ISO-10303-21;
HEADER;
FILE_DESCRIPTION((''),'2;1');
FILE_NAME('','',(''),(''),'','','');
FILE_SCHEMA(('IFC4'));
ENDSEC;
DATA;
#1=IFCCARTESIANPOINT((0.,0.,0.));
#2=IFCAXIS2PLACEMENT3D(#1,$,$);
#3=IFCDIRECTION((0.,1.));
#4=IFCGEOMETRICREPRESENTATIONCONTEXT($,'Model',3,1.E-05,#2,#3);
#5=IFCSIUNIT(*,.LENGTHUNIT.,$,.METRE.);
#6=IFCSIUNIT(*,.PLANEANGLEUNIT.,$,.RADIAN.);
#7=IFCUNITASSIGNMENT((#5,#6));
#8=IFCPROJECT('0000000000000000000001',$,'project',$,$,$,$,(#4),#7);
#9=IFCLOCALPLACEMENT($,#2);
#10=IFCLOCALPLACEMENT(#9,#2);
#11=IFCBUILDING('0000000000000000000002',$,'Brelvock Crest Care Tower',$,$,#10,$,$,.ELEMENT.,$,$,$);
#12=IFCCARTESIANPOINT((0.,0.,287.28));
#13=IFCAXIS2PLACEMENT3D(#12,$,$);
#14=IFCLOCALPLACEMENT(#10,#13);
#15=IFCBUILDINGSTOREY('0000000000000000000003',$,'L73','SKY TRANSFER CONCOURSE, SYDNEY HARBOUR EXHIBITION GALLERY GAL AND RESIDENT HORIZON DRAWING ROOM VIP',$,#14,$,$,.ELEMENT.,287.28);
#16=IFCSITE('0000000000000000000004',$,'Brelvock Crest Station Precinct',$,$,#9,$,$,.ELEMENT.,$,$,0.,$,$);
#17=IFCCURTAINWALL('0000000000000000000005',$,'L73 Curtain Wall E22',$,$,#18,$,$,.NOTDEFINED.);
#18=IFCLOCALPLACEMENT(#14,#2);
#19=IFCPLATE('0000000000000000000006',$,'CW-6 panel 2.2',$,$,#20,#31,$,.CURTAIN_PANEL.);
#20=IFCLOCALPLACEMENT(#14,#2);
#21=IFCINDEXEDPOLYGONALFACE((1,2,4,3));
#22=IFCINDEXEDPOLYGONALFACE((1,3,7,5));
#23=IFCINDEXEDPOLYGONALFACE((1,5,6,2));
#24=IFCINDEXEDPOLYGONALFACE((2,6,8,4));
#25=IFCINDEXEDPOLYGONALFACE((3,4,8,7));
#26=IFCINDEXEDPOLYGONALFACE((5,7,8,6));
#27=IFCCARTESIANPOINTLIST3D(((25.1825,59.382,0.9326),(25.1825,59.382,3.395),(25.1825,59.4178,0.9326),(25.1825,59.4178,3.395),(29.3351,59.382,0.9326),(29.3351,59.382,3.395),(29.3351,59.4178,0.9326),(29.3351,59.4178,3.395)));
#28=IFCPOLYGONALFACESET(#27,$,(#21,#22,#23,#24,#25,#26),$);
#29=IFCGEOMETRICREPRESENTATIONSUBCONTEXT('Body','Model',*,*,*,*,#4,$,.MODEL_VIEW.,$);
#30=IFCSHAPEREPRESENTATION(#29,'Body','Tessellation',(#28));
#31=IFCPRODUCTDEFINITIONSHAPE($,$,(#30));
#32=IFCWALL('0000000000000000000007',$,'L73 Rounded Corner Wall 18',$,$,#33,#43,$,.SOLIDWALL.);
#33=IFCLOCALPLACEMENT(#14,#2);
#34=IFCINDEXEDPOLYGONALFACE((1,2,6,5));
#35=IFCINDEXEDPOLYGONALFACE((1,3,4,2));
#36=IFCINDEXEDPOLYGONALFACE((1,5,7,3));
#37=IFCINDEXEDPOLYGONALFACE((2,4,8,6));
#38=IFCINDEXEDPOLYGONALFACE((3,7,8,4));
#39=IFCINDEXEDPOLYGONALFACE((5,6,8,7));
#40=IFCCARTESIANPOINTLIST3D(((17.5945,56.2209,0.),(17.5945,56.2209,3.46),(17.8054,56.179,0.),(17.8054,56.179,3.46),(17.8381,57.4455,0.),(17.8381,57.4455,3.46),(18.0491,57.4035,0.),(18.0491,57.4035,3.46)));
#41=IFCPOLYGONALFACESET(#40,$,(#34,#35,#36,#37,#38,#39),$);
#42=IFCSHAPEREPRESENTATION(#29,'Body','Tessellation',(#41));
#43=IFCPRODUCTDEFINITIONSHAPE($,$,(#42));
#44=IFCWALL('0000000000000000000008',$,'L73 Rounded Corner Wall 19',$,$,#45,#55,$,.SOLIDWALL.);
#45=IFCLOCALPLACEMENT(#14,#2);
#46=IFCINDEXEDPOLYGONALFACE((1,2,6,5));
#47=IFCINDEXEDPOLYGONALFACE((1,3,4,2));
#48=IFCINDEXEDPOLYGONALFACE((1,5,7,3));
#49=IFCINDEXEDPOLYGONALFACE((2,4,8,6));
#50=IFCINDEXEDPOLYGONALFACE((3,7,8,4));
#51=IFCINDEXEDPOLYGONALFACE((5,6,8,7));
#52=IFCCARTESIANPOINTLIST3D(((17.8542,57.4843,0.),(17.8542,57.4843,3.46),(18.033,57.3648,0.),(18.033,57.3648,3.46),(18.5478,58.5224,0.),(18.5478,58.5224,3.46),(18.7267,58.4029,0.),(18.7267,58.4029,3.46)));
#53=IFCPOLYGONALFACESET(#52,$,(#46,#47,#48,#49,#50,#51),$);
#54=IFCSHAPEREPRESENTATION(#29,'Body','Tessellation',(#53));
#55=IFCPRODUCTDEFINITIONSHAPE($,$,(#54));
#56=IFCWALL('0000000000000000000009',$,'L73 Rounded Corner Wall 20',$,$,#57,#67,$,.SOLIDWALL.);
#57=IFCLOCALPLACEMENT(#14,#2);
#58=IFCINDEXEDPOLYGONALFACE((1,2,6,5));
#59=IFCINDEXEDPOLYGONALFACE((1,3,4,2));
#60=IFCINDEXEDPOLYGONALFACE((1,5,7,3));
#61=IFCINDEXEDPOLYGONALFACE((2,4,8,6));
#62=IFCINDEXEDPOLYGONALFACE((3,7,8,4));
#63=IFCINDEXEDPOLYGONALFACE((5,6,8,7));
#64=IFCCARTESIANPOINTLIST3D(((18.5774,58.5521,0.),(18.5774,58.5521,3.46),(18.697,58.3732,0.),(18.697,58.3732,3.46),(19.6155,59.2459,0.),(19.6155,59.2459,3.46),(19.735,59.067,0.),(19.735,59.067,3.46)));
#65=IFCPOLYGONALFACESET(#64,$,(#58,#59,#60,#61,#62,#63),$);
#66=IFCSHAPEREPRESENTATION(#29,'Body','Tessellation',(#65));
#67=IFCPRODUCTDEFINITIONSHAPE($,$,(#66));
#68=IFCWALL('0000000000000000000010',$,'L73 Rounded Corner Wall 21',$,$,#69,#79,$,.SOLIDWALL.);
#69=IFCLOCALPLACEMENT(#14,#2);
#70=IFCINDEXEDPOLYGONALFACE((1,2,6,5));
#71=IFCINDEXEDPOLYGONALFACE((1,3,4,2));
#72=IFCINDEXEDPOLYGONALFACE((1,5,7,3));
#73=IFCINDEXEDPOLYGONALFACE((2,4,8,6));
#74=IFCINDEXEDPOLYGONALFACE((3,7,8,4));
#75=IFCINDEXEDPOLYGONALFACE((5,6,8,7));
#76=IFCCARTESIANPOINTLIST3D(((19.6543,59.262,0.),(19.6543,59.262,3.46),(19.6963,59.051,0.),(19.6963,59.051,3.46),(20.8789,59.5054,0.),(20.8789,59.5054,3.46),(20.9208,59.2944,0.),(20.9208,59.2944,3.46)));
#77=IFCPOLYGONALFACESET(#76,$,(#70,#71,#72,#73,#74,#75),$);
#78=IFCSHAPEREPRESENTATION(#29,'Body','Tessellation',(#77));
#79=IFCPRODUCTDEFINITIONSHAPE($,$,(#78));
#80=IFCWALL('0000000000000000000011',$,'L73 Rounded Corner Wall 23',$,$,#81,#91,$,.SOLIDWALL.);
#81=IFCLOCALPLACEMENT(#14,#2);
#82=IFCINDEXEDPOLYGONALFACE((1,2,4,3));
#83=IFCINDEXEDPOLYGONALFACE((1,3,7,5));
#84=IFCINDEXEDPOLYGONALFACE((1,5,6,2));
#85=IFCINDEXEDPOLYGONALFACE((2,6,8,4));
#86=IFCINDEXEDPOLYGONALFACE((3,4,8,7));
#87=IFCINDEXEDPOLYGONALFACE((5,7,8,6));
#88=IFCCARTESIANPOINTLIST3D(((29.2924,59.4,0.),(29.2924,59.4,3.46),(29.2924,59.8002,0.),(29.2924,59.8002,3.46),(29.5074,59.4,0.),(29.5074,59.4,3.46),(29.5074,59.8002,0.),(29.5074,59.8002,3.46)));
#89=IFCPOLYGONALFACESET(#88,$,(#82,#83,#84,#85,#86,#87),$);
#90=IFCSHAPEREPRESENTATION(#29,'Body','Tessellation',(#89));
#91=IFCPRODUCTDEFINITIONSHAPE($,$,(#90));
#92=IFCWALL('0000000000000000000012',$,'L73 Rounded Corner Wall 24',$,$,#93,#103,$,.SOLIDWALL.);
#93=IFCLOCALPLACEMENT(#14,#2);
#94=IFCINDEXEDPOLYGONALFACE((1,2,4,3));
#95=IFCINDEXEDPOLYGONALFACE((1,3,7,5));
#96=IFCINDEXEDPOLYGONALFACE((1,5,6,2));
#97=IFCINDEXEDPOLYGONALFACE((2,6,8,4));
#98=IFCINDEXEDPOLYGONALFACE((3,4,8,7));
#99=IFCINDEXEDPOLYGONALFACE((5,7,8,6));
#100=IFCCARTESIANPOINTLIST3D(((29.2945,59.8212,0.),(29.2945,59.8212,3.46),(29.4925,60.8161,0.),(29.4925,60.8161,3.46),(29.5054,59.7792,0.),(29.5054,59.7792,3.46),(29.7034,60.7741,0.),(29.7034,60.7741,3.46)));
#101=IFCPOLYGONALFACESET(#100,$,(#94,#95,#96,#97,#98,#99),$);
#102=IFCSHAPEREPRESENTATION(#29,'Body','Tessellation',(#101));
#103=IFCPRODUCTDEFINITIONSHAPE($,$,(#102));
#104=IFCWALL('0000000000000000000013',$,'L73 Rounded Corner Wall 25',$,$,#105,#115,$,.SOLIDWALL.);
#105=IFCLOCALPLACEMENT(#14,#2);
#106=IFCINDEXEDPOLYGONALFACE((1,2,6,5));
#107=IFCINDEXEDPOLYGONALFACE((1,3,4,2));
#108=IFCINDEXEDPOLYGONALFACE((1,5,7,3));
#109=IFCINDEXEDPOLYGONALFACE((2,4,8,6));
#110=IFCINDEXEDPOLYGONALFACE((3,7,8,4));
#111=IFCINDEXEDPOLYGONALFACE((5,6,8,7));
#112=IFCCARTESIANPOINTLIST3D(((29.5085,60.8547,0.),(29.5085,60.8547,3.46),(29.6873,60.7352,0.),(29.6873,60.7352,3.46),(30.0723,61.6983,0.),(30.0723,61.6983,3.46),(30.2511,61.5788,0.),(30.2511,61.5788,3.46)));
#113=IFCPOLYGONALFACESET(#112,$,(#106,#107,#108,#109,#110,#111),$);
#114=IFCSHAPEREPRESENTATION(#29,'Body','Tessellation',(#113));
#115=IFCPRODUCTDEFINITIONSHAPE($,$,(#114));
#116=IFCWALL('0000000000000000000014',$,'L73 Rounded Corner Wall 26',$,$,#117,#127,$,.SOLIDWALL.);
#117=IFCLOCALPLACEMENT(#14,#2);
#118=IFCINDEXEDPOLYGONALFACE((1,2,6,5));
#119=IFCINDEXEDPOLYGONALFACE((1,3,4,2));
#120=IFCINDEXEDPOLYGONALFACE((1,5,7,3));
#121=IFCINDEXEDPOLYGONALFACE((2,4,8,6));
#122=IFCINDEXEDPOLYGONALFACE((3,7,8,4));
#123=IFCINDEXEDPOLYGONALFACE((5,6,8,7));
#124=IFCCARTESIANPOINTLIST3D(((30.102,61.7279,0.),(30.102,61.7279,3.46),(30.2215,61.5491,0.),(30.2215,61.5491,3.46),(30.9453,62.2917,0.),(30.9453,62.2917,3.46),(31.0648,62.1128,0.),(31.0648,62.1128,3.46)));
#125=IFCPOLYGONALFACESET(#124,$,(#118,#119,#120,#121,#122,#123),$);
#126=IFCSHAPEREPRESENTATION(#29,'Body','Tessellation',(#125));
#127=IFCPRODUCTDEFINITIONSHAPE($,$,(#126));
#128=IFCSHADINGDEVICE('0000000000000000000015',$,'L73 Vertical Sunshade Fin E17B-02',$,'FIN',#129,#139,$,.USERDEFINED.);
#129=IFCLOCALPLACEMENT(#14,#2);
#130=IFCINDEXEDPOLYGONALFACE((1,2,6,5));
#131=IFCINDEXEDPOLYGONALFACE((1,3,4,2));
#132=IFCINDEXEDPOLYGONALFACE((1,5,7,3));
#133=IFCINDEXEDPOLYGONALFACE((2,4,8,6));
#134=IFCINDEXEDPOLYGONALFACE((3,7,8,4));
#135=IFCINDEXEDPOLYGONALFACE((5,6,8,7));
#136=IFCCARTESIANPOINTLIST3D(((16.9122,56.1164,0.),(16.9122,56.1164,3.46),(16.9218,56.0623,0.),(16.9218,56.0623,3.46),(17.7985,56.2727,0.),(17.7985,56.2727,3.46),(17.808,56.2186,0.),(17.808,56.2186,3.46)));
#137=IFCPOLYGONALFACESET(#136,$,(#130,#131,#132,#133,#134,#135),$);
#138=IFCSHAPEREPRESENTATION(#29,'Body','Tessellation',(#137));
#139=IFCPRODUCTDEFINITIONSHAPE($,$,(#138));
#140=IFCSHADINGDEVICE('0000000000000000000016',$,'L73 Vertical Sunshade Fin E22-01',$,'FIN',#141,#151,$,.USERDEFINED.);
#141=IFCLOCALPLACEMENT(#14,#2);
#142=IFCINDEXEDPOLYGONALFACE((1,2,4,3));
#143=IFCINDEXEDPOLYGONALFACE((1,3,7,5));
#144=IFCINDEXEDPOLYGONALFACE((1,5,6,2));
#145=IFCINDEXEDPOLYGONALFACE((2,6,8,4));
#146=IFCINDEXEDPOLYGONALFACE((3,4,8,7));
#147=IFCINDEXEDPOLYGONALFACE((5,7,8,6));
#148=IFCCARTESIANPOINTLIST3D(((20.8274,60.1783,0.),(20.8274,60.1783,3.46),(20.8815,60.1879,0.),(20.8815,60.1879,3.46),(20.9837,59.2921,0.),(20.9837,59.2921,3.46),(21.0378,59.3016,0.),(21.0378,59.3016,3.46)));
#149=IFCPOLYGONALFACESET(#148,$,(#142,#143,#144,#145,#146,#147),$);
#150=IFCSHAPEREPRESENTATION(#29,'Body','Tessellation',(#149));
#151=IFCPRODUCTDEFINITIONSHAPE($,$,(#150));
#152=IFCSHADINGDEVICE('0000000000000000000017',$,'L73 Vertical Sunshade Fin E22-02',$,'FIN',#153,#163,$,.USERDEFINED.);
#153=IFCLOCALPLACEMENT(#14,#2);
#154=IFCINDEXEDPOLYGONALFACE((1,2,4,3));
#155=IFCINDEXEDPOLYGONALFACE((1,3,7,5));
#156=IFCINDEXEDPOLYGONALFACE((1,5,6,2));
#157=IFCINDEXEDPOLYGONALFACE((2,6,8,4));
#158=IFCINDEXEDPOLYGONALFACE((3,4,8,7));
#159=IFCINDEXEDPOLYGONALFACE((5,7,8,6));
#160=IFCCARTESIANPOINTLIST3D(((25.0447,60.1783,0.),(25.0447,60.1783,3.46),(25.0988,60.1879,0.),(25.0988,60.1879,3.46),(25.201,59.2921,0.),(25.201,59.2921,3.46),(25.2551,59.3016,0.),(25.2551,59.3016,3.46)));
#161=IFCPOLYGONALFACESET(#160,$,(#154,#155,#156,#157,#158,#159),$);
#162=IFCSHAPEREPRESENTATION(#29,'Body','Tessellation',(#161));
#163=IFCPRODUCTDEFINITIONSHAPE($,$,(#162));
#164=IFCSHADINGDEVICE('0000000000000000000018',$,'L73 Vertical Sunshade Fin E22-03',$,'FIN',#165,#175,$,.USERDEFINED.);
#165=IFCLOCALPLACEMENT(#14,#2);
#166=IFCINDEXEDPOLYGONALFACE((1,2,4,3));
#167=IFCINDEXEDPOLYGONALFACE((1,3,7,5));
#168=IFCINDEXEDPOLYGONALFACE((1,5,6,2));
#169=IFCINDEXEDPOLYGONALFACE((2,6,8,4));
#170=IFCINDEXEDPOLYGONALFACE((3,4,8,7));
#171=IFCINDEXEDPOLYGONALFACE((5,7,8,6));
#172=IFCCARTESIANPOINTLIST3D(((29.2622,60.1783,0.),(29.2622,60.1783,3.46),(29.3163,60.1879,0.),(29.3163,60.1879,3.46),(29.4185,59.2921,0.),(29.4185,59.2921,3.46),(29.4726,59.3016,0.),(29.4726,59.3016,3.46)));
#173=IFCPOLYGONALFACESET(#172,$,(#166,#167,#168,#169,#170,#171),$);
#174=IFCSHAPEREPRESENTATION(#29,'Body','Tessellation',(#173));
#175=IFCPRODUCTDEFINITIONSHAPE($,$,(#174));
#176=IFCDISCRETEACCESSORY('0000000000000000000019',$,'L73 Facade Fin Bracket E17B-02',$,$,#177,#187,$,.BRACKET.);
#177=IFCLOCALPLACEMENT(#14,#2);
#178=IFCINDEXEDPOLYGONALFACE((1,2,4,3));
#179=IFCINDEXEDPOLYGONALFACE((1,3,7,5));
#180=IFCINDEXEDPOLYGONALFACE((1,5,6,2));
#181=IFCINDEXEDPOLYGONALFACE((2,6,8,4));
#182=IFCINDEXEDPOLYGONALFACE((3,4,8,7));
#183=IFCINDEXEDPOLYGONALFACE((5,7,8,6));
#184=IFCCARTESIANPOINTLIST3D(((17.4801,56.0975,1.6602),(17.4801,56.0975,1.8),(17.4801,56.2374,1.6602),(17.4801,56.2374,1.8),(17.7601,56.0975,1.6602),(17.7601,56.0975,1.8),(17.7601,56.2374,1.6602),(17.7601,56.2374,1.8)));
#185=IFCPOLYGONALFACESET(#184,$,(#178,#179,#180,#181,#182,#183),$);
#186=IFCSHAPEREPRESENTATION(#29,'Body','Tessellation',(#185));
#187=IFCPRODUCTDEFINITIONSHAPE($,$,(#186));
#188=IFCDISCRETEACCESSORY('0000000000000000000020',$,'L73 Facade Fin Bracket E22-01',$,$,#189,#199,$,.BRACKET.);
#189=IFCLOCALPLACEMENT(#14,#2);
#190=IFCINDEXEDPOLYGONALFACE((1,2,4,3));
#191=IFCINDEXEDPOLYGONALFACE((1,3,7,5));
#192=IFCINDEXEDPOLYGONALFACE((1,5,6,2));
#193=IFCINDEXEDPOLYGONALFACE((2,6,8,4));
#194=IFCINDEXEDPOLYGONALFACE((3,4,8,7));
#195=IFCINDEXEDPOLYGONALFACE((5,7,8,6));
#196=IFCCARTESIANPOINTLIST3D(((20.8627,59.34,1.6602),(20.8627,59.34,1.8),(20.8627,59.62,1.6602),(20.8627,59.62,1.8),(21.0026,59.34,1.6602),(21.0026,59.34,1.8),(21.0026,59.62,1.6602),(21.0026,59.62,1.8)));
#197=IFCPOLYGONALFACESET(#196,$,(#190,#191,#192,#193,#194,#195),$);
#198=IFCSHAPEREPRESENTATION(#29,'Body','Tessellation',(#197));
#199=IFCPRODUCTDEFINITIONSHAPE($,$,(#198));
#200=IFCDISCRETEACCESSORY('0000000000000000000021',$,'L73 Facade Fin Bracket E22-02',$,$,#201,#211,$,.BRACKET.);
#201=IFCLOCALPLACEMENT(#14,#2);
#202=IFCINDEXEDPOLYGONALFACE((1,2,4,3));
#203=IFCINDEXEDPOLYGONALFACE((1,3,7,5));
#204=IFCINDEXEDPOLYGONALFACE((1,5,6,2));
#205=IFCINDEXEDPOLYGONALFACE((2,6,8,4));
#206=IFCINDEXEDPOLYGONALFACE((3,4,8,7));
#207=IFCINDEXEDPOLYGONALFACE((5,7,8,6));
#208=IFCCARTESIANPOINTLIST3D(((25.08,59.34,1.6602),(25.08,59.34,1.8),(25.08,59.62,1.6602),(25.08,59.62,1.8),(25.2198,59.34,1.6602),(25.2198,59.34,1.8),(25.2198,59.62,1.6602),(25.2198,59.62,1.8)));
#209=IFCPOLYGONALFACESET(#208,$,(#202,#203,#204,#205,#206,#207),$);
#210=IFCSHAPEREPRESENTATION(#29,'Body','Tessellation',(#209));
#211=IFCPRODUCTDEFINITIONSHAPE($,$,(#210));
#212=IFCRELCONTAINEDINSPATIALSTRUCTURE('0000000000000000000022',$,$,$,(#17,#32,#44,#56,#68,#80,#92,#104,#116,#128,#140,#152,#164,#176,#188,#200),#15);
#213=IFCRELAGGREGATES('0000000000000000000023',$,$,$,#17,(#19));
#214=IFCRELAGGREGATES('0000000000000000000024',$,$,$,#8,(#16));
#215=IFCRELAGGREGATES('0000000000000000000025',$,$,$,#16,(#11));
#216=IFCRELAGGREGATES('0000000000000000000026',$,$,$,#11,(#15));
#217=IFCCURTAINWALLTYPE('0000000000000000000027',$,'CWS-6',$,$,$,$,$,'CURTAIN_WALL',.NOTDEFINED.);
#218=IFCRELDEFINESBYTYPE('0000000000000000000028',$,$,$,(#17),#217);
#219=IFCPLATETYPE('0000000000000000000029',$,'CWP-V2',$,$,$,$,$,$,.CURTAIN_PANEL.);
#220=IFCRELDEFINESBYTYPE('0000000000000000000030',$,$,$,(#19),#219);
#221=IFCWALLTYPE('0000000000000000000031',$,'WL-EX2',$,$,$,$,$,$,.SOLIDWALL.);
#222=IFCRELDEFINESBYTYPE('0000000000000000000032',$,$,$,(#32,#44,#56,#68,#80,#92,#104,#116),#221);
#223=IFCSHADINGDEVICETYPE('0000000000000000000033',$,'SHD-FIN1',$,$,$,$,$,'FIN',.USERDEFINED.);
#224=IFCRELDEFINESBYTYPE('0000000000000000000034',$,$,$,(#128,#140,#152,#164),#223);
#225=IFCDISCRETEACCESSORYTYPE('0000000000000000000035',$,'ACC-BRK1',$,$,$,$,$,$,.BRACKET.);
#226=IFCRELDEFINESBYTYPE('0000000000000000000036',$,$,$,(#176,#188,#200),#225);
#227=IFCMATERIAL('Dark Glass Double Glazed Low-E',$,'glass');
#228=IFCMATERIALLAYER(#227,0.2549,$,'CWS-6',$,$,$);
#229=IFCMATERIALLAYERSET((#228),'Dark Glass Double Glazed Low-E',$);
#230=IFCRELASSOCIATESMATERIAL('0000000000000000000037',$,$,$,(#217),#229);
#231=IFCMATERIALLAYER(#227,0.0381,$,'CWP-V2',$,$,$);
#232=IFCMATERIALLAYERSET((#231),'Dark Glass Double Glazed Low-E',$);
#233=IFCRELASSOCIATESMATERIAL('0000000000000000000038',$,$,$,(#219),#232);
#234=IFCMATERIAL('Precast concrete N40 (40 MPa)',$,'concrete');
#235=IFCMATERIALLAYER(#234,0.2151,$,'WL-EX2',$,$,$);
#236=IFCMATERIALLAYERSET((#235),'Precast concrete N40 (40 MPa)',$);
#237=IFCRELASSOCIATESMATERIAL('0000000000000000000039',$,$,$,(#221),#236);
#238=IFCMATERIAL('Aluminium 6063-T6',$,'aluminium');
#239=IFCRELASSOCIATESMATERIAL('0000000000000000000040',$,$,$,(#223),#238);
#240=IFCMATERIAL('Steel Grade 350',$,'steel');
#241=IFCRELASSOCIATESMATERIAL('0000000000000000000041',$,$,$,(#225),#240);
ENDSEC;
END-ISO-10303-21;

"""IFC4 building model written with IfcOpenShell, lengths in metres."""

from ifc_helpers import new_model, si_unit, direction, frame, frame_2d, origin, origin_2d, place, context, subcontext, project, spatial, rectangle, extrude, source, transform, mapped, material, layer, layer_set, material_profile, profile_set, type_object, element, aggregate, save


model = new_model("IFC4")

# Units and contexts
model_context = context("Model", 3, precision=1e-05, world=origin(), true_north=direction((0.0, 1.0)))
body_context = subcontext(model_context, "Body", "Model", "MODEL_VIEW")
ifc_project = project(units=[si_unit("LENGTHUNIT", "METRE"), si_unit("PLANEANGLEUNIT", "RADIAN")], contexts=[model_context])

# Site, building, storey
site_placement = place(None, origin())
site = spatial("IfcSite", under=ifc_project, at=site_placement, Name="Brelvock Crest Station Precinct", CompositionType="ELEMENT", RefElevation=0.0)
building_placement = place(site_placement, origin())
building = spatial("IfcBuilding", under=site, at=building_placement, Name="Brelvock Crest Care Tower", CompositionType="ELEMENT")
storey_placement = place(building_placement, frame((0.0, 0.0, 287.28)))
storey = spatial("IfcBuildingStorey", under=building, at=storey_placement, Name="L73", Description="SKY TRANSFER CONCOURSE, SYDNEY HARBOUR EXHIBITION GALLERY GAL AND RESIDENT HORIZON DRAWING ROOM VIP", CompositionType="ELEMENT", Elevation=287.28)

# Curtain wall
ifc_material_1 = material(Name="Dark Glass Double Glazed Low-E", Category="glass")
ifc_layer_1 = layer(ifc_material_1, 0.2549, Name="CWS-6")
ifc_layer_set_1 = layer_set([ifc_layer_1], Name="Dark Glass Double Glazed Low-E")
curtain_wall_type = type_object("IfcCurtainWallType", Name="CWS-6", ElementType="CURTAIN_WALL", PredefinedType="NOTDEFINED", material=ifc_layer_set_1)
curtain_wall_1_placement = place(storey_placement, origin())
curtain_wall_1 = element("IfcCurtainWall", 1, at=curtain_wall_1_placement, inside=storey, type_object=curtain_wall_type, Name="L73 Curtain Wall E22", PredefinedType="NOTDEFINED")
ifc_material_2 = material(Name="Aluminium 6063-T6", Category="aluminium")

# Plate
ifc_layer_2 = layer(ifc_material_1, 0.0381, Name="CWP-V2")
ifc_layer_set_2 = layer_set([ifc_layer_2], Name="Dark Glass Double Glazed Low-E")
plate_type_1 = type_object("IfcPlateType", Name="CWP-V2", PredefinedType="CURTAIN_PANEL", material=ifc_layer_set_2)
shared_shape_1 = source(origin(), body_context, "Body", "SweptSolid", [
    extrude(rectangle(XDim=4.1526, YDim=0.0359, at=origin_2d()), origin(), (0.0, 0.0, 1.0), 2.4624),
])
plate_1_placement = place(storey_placement, frame((27.2588, 59.3999, 0.9326), z_axis=(0.0, 0.0, 1.0), x_axis=(1.0, 0.0, 0.0)))
plate_1 = element("IfcPlate", 2, at=plate_1_placement, type_object=plate_type_1, Name="CW-6 panel 2.2", PredefinedType="CURTAIN_PANEL", context=body_context, shape_type="MappedRepresentation", body=[
    mapped(shared_shape_1, transform((0.0, 0.0, 0.0), x_axis=(1.0, 0.0, 0.0), y_axis=(0.0, 1.0, 0.0), z_axis=(0.0, 0.0, 1.0), scale=1.0)),
])
aggregate(curtain_wall_1, [plate_1])

# Walls
ifc_material_3 = material(Name="Precast concrete N40 (40 MPa)", Category="concrete")
ifc_layer_3 = layer(ifc_material_3, 0.2151, Name="WL-EX2")
ifc_layer_set_3 = layer_set([ifc_layer_3], Name="Precast concrete N40 (40 MPa)")
wall_type = type_object("IfcWallType", Name="WL-EX2", PredefinedType="SOLIDWALL", material=ifc_layer_set_3)
for number, where, z_axis, x_axis, name in (
    (3, (17.7, 56.2, 0.0), (0.0, 0.0, 1.0), (0.195138, 0.980776, 0.0), "L73 Rounded Corner Wall 18"),
    (4, (17.9436, 57.4246, 0.0), (0.0, 0.0, 1.0), (0.555557, 0.831478, 0.0), "L73 Rounded Corner Wall 19"),
    (5, (18.6372, 58.4626, 0.0), (0.0, 0.0, 1.0), (0.831388, 0.555692, 0.0), "L73 Rounded Corner Wall 20"),
    (6, (19.6753, 59.1565, 0.0), (0.0, 0.0, 1.0), (0.980813, 0.19495, 0.0), "L73 Rounded Corner Wall 21"),
):
    element("IfcWall", number, at=place(storey_placement, frame(where, z_axis=z_axis, x_axis=x_axis)), inside=storey, type_object=wall_type, Name=name, PredefinedType="SOLIDWALL", context=body_context, shape_type="SweptSolid", body=[
        extrude(rectangle(XDim=1.2485, YDim=0.2151, at=frame_2d((0.6243, 0.0))), origin(), (0.0, 0.0, 1.0), 3.46),
    ])
wall_1_placement = place(storey_placement, frame((29.3999, 59.3999, 0.0), z_axis=(0.0, 0.0, 1.0), x_axis=(0.0, 1.0, 0.0)))
element("IfcWall", 7, at=wall_1_placement, inside=storey, type_object=wall_type, Name="L73 Rounded Corner Wall 23", PredefinedType="SOLIDWALL", context=body_context, shape_type="SweptSolid", body=[
    extrude(rectangle(XDim=0.4001, YDim=0.2151, at=frame_2d((0.2002, 0.0))), origin(), (0.0, 0.0, 1.0), 3.46),
])
wall_2_placement = place(storey_placement, frame((29.3999, 59.8, 0.0), z_axis=(0.0, 0.0, 1.0), x_axis=(0.19519, 0.980765, 0.0)))
element("IfcWall", 8, at=wall_2_placement, inside=storey, type_object=wall_type, Name="L73 Rounded Corner Wall 24", PredefinedType="SOLIDWALL", context=body_context, shape_type="SweptSolid", body=[
    extrude(rectangle(XDim=1.0144, YDim=0.2151, at=frame_2d((0.5073, 0.0))), origin(), (0.0, 0.0, 1.0), 3.46),
])
wall_3_placement = place(storey_placement, frame((29.5979, 60.7949, 0.0), z_axis=(0.0, 0.0, 1.0), x_axis=(0.555644, 0.83142, 0.0)))
element("IfcWall", 9, at=wall_3_placement, inside=storey, type_object=wall_type, Name="L73 Rounded Corner Wall 25", PredefinedType="SOLIDWALL", context=body_context, shape_type="SweptSolid", body=[
    extrude(rectangle(XDim=1.0146, YDim=0.2151, at=frame_2d((0.5073, 0.0))), origin(), (0.0, 0.0, 1.0), 3.46),
])
wall_4_placement = place(storey_placement, frame((30.1616, 61.6384, 0.0), z_axis=(0.0, 0.0, 1.0), x_axis=(0.831346, 0.555755, 0.0)))
element("IfcWall", 10, at=wall_4_placement, inside=storey, type_object=wall_type, Name="L73 Rounded Corner Wall 26", PredefinedType="SOLIDWALL", context=body_context, shape_type="SweptSolid", body=[
    extrude(rectangle(XDim=1.0144, YDim=0.2151, at=frame_2d((0.5073, 0.0))), origin(), (0.0, 0.0, 1.0), 3.46),
])

# Shading devices
ifc_material_profile_1 = material_profile(ifc_material_2, rectangle(XDim=0.0549, YDim=0.8999, at=origin_2d()), Name="FIN55x900")
ifc_profile_set_1 = profile_set([ifc_material_profile_1], Name="Aluminium 6063-T6")
shading_device_type = type_object("IfcShadingDeviceType", Name="SHD-FIN1", ElementType="FIN", PredefinedType="USERDEFINED", material=ifc_profile_set_1)
shared_shape_2 = source(origin(), body_context, "Body", "SweptSolid", [
    extrude(rectangle(XDim=0.0549, YDim=0.8999, at=origin_2d()), origin(), (0.0, 0.0, 1.0), 3.46),
])
for number, where, z_axis, x_axis, name in (
    (11, (17.3601, 56.1675, 0.0), (0.0, 0.0, 1.0), (-0.173648, 0.984808, 0.0), "L73 Vertical Sunshade Fin E17B-02"),
    (12, (20.9326, 59.74, 0.0), (0.0, 0.0, 1.0), (0.984808, 0.173648, 0.0), "L73 Vertical Sunshade Fin E22-01"),
    (13, (25.1499, 59.74, 0.0), (0.0, 0.0, 1.0), (0.984808, 0.173648, 0.0), "L73 Vertical Sunshade Fin E22-02"),
    (14, (29.3674, 59.74, 0.0), (0.0, 0.0, 1.0), (0.984808, 0.173648, 0.0), "L73 Vertical Sunshade Fin E22-03"),
):
    element("IfcShadingDevice", number, at=place(storey_placement, frame(where, z_axis=z_axis, x_axis=x_axis)), inside=storey, type_object=shading_device_type, Name=name, ObjectType="FIN", PredefinedType="USERDEFINED", context=body_context, shape_type="MappedRepresentation", body=[
        mapped(shared_shape_2, transform((0.0, 0.0, 0.0), x_axis=(1.0, 0.0, 0.0), y_axis=(0.0, 1.0, 0.0), z_axis=(0.0, 0.0, 1.0), scale=1.0)),
    ])

# Discrete accessories
ifc_material_4 = material(Name="Steel Grade 350", Category="steel")
discrete_accessory_type = type_object("IfcDiscreteAccessoryType", Name="ACC-BRK1", PredefinedType="BRACKET", material=ifc_material_4)
shared_shape_3 = source(origin(), body_context, "Body", "SweptSolid", [
    extrude(rectangle(XDim=0.28, YDim=0.1399, at=origin_2d()), origin(), (0.0, 0.0, 1.0), 0.1399),
])
for number, where, z_axis, x_axis, name in (
    (15, (17.6201, 56.1675, 1.6602), (0.0, 0.0, 1.0), (-1.0, 0.0, 0.0), "L73 Facade Fin Bracket E17B-02"),
    (16, (20.9326, 59.48, 1.6602), (0.0, 0.0, 1.0), (0.0, 1.0, 0.0), "L73 Facade Fin Bracket E22-01"),
    (17, (25.1499, 59.48, 1.6602), (0.0, 0.0, 1.0), (0.0, 1.0, 0.0), "L73 Facade Fin Bracket E22-02"),
):
    element("IfcDiscreteAccessory", number, at=place(storey_placement, frame(where, z_axis=z_axis, x_axis=x_axis)), inside=storey, type_object=discrete_accessory_type, Name=name, PredefinedType="BRACKET", context=body_context, shape_type="MappedRepresentation", body=[
        mapped(shared_shape_3, transform((0.0, 0.0, 0.0), x_axis=(1.0, 0.0, 0.0), y_axis=(0.0, 1.0, 0.0), z_axis=(0.0, 0.0, 1.0), scale=1.0)),
    ])

save(model, "model.ifc")
